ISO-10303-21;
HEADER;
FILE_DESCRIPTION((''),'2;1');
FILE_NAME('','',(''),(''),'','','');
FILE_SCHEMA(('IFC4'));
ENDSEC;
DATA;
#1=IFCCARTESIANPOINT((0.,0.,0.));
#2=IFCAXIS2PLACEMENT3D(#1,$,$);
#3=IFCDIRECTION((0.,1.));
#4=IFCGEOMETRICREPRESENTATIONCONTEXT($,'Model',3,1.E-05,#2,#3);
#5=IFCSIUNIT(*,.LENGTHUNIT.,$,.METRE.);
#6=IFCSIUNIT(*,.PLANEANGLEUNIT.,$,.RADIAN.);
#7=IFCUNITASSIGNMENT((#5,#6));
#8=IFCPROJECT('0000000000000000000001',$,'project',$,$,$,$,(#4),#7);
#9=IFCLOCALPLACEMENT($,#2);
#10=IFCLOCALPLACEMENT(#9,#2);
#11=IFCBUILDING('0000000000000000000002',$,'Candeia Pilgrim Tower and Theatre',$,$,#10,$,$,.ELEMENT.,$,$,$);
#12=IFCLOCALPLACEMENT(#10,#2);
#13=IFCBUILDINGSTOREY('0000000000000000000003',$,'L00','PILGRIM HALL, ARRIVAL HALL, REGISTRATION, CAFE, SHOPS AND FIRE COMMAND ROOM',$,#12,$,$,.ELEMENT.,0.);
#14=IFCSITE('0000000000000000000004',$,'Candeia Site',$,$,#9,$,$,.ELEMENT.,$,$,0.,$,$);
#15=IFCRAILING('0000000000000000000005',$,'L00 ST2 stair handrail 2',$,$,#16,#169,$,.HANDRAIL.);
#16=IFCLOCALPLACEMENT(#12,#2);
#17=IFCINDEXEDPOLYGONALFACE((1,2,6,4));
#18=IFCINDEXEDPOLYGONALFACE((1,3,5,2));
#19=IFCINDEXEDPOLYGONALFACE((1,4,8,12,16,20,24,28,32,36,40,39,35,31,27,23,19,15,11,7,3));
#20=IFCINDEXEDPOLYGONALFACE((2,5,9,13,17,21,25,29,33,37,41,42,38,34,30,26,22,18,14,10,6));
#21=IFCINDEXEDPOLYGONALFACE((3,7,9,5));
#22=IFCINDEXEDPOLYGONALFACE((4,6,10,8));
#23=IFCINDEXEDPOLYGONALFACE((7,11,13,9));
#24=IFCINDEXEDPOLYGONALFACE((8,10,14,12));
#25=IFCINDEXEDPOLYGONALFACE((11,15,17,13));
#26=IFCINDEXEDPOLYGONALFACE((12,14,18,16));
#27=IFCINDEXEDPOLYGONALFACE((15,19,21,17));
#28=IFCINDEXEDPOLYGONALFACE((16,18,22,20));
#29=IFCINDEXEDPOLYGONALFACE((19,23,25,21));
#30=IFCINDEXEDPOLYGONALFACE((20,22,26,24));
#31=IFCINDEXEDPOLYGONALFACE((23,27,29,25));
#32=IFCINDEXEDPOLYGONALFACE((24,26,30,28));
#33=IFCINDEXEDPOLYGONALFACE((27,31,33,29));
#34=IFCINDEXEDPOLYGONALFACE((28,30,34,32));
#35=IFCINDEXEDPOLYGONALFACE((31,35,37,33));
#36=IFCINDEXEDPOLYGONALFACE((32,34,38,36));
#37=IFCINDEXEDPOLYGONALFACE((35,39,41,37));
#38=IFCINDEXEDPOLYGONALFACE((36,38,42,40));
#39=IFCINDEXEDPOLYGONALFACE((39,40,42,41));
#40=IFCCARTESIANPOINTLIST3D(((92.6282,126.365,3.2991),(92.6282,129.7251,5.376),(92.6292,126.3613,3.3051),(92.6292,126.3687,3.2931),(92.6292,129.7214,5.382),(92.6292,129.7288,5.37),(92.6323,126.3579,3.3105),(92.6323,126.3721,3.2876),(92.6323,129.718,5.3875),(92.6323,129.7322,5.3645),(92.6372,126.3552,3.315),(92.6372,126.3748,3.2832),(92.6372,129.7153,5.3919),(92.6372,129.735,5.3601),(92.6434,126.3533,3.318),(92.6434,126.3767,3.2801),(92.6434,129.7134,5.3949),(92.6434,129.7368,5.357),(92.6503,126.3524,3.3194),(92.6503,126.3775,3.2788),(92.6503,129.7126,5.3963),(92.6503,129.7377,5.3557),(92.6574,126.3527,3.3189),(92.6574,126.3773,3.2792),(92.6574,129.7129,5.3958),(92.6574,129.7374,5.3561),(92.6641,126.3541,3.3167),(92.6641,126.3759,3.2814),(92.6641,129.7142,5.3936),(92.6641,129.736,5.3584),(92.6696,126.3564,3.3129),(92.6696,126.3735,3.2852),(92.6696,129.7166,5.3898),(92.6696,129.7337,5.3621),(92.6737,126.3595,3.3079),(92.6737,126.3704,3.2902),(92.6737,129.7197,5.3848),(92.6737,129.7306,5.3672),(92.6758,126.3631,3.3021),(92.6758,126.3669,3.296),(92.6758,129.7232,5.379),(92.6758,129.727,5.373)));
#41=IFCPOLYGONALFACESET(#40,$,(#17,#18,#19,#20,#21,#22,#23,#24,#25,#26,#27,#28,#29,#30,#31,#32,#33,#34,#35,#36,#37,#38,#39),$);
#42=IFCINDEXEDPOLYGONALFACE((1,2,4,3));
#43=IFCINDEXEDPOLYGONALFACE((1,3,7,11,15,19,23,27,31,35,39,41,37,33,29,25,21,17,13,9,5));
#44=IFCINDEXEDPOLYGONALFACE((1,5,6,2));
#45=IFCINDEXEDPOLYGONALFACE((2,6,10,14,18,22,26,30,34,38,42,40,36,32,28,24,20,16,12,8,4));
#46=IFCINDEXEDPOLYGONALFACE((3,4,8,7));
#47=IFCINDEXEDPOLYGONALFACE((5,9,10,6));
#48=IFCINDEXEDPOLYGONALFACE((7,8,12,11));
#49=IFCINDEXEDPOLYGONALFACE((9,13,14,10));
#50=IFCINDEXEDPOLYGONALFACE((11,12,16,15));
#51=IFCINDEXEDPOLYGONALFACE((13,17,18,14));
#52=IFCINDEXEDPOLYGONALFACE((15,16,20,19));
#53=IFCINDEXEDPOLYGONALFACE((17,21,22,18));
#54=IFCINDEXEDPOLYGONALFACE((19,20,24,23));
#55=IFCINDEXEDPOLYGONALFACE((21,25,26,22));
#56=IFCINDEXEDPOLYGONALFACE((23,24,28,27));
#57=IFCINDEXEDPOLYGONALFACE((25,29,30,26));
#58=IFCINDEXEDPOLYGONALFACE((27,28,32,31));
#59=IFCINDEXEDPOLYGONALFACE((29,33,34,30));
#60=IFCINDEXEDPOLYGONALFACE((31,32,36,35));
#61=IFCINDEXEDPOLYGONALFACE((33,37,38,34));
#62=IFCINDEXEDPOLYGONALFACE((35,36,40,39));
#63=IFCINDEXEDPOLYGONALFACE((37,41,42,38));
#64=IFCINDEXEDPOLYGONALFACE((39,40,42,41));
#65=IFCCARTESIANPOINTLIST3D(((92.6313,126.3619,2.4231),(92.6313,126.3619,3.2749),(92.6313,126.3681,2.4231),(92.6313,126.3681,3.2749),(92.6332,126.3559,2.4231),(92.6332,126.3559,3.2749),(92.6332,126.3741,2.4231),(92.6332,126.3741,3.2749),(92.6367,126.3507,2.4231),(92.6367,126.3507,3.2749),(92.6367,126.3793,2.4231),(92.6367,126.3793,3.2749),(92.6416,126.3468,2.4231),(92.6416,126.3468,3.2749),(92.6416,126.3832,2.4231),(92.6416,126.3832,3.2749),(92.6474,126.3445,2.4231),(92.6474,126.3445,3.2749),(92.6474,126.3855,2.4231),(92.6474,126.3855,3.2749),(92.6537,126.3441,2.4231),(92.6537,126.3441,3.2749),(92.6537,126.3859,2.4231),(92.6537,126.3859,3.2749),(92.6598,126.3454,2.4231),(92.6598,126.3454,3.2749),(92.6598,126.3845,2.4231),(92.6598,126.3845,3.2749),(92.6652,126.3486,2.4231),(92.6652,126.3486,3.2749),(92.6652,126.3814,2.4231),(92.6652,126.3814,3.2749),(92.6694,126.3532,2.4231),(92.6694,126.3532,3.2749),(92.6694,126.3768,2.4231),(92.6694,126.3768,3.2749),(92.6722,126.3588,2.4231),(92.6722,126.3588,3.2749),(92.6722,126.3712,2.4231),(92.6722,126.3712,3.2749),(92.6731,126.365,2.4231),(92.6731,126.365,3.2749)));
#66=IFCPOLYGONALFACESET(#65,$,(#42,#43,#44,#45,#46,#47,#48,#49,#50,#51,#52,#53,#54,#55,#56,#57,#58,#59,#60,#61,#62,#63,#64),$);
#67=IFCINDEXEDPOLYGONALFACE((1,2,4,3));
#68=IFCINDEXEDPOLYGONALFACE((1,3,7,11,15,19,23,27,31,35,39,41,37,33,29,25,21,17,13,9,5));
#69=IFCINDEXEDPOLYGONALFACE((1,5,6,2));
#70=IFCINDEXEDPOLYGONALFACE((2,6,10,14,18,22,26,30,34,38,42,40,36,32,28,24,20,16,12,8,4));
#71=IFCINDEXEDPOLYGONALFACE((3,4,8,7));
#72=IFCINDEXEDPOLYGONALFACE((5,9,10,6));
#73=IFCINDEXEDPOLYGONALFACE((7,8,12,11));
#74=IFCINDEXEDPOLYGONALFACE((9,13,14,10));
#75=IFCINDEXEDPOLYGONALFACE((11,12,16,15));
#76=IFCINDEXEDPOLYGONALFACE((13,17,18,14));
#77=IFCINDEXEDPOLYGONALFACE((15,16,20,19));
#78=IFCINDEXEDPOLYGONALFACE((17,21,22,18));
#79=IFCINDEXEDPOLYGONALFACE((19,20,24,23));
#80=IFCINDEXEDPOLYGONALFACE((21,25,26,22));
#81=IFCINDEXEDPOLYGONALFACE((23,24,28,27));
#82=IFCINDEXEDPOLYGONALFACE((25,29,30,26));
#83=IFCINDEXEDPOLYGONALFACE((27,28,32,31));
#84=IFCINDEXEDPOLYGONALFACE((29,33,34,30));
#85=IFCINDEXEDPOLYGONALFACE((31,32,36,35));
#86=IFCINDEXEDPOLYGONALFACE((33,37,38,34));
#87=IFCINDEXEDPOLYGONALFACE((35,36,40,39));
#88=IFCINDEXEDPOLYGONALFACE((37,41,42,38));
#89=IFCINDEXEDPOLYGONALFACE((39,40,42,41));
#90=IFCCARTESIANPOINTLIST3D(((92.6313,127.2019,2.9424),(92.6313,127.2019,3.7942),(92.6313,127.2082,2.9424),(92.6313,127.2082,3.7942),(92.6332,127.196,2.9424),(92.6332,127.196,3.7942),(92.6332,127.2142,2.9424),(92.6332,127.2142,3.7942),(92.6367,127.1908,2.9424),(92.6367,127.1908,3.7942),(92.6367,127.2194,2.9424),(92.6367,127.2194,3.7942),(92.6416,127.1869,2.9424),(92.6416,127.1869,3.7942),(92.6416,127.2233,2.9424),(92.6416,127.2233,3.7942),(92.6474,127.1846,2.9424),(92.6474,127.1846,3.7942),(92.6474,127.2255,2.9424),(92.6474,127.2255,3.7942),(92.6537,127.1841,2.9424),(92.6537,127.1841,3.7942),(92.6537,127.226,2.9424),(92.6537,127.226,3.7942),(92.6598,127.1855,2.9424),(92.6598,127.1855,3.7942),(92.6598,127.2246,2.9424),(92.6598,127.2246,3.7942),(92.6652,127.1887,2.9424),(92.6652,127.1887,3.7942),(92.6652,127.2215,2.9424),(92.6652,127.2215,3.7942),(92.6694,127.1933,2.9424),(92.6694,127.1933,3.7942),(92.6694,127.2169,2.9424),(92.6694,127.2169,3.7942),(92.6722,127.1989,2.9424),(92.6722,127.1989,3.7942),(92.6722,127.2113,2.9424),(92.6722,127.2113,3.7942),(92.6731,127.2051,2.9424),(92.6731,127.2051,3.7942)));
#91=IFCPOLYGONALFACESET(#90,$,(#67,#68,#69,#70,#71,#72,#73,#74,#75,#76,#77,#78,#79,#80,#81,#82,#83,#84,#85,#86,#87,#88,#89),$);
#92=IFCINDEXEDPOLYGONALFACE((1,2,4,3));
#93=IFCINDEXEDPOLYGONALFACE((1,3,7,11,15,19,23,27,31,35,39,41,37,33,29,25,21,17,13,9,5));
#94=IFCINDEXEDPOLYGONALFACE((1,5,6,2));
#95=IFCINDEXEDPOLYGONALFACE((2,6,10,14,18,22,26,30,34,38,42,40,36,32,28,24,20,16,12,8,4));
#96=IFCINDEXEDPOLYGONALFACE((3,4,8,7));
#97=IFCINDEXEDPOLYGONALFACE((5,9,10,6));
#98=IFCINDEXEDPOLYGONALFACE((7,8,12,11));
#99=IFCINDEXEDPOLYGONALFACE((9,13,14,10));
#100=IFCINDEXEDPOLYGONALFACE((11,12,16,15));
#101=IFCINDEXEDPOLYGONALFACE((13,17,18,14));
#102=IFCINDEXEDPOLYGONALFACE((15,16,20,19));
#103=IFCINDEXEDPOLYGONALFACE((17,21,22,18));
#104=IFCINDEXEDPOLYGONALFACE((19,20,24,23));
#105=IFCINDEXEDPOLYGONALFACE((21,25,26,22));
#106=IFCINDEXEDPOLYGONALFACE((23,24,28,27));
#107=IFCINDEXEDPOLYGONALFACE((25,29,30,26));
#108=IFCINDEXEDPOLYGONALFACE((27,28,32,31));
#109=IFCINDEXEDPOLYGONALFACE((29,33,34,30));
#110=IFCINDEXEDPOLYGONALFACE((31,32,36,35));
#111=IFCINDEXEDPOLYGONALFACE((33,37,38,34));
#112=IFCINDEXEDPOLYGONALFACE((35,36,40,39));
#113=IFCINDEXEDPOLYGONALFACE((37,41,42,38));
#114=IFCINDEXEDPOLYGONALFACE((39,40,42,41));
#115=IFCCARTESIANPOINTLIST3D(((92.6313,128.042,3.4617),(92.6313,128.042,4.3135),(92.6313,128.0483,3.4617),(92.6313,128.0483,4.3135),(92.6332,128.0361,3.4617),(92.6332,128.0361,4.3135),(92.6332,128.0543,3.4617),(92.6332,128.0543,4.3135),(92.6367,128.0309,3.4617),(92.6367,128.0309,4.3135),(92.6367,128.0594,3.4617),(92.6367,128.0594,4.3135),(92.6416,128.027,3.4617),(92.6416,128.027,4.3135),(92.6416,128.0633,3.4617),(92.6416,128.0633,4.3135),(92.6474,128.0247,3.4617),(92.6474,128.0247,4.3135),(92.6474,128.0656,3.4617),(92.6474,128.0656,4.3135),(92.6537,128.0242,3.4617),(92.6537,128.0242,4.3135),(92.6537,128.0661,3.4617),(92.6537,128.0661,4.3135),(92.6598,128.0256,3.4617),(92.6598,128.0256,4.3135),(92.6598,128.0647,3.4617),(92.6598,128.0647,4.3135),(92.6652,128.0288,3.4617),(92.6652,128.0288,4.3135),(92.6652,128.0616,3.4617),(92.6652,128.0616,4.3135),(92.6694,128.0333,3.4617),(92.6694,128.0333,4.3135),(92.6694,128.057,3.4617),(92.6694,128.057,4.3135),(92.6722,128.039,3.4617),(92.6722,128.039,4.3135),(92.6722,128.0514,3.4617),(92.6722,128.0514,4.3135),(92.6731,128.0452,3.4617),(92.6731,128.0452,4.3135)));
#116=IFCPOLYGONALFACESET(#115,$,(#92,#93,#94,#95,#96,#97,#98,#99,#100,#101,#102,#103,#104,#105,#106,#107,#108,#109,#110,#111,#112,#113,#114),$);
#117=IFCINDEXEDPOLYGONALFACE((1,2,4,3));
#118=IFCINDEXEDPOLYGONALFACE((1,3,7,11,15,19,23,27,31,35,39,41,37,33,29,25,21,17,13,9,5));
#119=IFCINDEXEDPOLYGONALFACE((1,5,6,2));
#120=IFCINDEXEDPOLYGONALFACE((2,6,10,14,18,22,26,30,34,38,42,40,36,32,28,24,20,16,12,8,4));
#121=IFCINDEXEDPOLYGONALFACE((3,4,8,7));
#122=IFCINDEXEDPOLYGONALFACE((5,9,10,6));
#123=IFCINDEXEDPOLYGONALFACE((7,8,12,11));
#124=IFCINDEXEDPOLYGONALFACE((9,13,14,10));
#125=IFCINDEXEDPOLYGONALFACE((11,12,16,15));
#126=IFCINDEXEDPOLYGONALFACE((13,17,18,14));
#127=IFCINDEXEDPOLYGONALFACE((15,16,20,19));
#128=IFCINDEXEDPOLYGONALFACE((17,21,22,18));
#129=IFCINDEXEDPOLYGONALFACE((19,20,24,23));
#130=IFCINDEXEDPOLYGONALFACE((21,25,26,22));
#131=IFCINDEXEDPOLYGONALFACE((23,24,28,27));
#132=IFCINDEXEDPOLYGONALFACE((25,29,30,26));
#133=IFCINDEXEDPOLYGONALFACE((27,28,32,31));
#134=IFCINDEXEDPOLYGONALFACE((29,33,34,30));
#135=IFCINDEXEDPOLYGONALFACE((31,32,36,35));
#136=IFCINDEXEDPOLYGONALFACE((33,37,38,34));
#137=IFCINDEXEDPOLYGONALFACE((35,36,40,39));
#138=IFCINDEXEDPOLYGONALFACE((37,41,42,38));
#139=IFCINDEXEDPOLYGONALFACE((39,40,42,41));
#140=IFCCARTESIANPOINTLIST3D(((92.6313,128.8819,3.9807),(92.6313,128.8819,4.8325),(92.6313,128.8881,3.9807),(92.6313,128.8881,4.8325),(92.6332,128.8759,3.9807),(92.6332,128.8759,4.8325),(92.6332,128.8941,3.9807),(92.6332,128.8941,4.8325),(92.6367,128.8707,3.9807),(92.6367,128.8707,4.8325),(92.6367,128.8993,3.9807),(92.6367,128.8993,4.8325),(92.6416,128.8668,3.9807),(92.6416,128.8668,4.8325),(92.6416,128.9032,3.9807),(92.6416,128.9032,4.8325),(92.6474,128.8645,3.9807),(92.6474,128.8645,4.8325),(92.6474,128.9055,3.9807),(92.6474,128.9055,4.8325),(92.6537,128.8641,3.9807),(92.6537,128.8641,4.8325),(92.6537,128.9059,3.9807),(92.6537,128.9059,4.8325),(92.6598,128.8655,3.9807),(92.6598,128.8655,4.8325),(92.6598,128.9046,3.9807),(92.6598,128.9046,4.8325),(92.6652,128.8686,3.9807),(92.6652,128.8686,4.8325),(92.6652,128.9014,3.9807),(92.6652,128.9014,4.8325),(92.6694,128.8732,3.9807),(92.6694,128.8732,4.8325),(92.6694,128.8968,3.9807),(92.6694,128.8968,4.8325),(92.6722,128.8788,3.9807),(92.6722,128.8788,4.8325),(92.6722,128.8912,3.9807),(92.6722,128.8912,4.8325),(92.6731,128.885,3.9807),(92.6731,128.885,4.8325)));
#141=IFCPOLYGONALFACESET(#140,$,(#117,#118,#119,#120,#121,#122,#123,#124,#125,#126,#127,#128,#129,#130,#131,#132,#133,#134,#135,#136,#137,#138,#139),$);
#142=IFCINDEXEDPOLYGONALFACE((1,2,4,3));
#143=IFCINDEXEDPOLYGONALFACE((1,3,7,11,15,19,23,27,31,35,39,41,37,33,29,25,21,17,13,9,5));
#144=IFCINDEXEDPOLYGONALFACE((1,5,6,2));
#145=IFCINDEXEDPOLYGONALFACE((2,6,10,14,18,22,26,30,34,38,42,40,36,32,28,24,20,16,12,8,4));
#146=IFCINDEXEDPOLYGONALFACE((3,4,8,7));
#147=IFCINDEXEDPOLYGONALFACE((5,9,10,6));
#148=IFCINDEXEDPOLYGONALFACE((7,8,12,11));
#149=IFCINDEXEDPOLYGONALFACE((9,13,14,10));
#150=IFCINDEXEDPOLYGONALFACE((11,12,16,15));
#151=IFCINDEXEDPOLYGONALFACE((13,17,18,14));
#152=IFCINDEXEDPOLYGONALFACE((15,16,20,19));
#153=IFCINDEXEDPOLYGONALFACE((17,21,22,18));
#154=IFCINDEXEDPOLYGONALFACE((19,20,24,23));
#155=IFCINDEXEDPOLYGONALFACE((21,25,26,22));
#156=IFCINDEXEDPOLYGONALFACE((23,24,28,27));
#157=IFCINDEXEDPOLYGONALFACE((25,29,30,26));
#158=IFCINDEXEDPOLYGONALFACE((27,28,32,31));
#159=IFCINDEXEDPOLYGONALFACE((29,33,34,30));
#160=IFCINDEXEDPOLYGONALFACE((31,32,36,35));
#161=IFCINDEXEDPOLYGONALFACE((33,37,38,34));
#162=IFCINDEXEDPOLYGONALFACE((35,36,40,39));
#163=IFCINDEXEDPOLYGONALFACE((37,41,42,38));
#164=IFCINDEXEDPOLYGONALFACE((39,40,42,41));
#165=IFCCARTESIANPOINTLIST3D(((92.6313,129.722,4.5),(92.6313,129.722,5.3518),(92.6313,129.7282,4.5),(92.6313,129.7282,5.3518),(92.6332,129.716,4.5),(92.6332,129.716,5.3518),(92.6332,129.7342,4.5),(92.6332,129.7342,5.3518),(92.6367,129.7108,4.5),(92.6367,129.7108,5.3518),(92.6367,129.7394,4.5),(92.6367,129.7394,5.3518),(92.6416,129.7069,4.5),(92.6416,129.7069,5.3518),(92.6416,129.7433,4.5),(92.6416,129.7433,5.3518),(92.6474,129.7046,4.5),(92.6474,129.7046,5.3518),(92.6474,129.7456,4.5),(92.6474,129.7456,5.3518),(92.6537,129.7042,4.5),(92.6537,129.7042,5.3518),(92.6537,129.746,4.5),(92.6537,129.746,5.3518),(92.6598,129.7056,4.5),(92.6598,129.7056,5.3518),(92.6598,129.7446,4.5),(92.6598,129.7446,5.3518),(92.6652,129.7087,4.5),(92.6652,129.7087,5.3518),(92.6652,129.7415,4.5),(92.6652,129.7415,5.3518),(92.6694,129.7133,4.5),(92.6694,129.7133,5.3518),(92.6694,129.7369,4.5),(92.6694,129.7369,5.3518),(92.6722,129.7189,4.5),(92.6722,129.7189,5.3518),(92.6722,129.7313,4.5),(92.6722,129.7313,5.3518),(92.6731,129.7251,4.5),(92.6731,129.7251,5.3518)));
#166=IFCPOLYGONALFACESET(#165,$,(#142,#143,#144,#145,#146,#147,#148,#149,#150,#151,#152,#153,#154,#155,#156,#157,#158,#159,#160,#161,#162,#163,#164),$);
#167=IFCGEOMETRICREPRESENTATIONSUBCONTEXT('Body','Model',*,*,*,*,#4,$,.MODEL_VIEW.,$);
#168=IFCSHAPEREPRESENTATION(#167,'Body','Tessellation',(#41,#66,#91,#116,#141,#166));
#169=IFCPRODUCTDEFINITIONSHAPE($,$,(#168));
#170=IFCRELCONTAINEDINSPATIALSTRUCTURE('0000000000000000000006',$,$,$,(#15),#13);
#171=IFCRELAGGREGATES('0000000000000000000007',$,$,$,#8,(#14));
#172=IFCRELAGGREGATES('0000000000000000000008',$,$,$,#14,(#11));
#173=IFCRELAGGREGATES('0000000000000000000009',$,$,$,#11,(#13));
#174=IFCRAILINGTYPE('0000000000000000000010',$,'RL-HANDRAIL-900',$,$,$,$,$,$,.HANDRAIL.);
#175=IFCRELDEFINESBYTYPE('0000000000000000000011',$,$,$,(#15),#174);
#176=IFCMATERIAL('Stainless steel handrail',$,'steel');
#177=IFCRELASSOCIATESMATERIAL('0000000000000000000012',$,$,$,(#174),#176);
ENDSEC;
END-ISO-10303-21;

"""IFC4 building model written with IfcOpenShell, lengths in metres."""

from ifc_helpers import new_model, si_unit, direction, frame, origin, origin_2d, place, context, subcontext, project, spatial, circle, extrude, material, type_object, element, save


model = new_model("IFC4")

# Units and contexts
model_context = context("Model", 3, precision=1e-05, world=origin(), true_north=direction((0.0, 1.0)))
body_context = subcontext(model_context, "Body", "Model", "MODEL_VIEW")
ifc_project = project(units=[si_unit("LENGTHUNIT", "METRE"), si_unit("PLANEANGLEUNIT", "RADIAN")], contexts=[model_context])

# Site, building, storey
site_placement = place(None, origin())
site = spatial("IfcSite", under=ifc_project, at=site_placement, Name="Candeia Site", CompositionType="ELEMENT", RefElevation=0.0)
building_placement = place(site_placement, origin())
building = spatial("IfcBuilding", under=site, at=building_placement, Name="Candeia Pilgrim Tower and Theatre", CompositionType="ELEMENT")
storey_placement = place(building_placement, origin())
storey = spatial("IfcBuildingStorey", under=building, at=storey_placement, Name="L00", Description="PILGRIM HALL, ARRIVAL HALL, REGISTRATION, CAFE, SHOPS AND FIRE COMMAND ROOM", CompositionType="ELEMENT", Elevation=0.0)

# Railing
ifc_material_1 = material(Name="Stainless steel handrail", Category="steel")
railing_type_1 = type_object("IfcRailingType", Name="RL-HANDRAIL-900", PredefinedType="HANDRAIL", material=ifc_material_1)
for number, where, name in (
    (1, (92.6521, 126.365, 2.4231), "L00 ST2 stair handrail 2"),
):
    element("IfcRailing", number, at=place(storey_placement, frame(where)), inside=storey, type_object=railing_type_1, Name=name, PredefinedType="HANDRAIL", context=body_context, shape_type="SweptSolid", body=[
        extrude(circle(Radius=0.0239, at=origin_2d()), frame((0.0, 0.0, 0.876), z_axis=(0.0, 0.850623, 0.525776), x_axis=(-1.0, 0.0, 0.0)), (0.0, 0.0, 1.0), 3.9502),
        extrude(circle(Radius=0.021, at=origin_2d()), origin(), (0.0, 0.0, 1.0), 0.8518),
        extrude(circle(Radius=0.021, at=origin_2d()), frame((0.0, 0.8401, 0.5193)), (0.0, 0.0, 1.0), 0.8518),
        extrude(circle(Radius=0.021, at=origin_2d()), frame((0.0, 1.6802, 1.0386)), (0.0, 0.0, 1.0), 0.8518),
        extrude(circle(Radius=0.021, at=origin_2d()), frame((0.0, 2.52, 1.5576)), (0.0, 0.0, 1.0), 0.8518),
        extrude(circle(Radius=0.021, at=origin_2d()), frame((0.0, 3.3601, 2.0769)), (0.0, 0.0, 1.0), 0.8518),
    ])

save(model, "model.ifc")
